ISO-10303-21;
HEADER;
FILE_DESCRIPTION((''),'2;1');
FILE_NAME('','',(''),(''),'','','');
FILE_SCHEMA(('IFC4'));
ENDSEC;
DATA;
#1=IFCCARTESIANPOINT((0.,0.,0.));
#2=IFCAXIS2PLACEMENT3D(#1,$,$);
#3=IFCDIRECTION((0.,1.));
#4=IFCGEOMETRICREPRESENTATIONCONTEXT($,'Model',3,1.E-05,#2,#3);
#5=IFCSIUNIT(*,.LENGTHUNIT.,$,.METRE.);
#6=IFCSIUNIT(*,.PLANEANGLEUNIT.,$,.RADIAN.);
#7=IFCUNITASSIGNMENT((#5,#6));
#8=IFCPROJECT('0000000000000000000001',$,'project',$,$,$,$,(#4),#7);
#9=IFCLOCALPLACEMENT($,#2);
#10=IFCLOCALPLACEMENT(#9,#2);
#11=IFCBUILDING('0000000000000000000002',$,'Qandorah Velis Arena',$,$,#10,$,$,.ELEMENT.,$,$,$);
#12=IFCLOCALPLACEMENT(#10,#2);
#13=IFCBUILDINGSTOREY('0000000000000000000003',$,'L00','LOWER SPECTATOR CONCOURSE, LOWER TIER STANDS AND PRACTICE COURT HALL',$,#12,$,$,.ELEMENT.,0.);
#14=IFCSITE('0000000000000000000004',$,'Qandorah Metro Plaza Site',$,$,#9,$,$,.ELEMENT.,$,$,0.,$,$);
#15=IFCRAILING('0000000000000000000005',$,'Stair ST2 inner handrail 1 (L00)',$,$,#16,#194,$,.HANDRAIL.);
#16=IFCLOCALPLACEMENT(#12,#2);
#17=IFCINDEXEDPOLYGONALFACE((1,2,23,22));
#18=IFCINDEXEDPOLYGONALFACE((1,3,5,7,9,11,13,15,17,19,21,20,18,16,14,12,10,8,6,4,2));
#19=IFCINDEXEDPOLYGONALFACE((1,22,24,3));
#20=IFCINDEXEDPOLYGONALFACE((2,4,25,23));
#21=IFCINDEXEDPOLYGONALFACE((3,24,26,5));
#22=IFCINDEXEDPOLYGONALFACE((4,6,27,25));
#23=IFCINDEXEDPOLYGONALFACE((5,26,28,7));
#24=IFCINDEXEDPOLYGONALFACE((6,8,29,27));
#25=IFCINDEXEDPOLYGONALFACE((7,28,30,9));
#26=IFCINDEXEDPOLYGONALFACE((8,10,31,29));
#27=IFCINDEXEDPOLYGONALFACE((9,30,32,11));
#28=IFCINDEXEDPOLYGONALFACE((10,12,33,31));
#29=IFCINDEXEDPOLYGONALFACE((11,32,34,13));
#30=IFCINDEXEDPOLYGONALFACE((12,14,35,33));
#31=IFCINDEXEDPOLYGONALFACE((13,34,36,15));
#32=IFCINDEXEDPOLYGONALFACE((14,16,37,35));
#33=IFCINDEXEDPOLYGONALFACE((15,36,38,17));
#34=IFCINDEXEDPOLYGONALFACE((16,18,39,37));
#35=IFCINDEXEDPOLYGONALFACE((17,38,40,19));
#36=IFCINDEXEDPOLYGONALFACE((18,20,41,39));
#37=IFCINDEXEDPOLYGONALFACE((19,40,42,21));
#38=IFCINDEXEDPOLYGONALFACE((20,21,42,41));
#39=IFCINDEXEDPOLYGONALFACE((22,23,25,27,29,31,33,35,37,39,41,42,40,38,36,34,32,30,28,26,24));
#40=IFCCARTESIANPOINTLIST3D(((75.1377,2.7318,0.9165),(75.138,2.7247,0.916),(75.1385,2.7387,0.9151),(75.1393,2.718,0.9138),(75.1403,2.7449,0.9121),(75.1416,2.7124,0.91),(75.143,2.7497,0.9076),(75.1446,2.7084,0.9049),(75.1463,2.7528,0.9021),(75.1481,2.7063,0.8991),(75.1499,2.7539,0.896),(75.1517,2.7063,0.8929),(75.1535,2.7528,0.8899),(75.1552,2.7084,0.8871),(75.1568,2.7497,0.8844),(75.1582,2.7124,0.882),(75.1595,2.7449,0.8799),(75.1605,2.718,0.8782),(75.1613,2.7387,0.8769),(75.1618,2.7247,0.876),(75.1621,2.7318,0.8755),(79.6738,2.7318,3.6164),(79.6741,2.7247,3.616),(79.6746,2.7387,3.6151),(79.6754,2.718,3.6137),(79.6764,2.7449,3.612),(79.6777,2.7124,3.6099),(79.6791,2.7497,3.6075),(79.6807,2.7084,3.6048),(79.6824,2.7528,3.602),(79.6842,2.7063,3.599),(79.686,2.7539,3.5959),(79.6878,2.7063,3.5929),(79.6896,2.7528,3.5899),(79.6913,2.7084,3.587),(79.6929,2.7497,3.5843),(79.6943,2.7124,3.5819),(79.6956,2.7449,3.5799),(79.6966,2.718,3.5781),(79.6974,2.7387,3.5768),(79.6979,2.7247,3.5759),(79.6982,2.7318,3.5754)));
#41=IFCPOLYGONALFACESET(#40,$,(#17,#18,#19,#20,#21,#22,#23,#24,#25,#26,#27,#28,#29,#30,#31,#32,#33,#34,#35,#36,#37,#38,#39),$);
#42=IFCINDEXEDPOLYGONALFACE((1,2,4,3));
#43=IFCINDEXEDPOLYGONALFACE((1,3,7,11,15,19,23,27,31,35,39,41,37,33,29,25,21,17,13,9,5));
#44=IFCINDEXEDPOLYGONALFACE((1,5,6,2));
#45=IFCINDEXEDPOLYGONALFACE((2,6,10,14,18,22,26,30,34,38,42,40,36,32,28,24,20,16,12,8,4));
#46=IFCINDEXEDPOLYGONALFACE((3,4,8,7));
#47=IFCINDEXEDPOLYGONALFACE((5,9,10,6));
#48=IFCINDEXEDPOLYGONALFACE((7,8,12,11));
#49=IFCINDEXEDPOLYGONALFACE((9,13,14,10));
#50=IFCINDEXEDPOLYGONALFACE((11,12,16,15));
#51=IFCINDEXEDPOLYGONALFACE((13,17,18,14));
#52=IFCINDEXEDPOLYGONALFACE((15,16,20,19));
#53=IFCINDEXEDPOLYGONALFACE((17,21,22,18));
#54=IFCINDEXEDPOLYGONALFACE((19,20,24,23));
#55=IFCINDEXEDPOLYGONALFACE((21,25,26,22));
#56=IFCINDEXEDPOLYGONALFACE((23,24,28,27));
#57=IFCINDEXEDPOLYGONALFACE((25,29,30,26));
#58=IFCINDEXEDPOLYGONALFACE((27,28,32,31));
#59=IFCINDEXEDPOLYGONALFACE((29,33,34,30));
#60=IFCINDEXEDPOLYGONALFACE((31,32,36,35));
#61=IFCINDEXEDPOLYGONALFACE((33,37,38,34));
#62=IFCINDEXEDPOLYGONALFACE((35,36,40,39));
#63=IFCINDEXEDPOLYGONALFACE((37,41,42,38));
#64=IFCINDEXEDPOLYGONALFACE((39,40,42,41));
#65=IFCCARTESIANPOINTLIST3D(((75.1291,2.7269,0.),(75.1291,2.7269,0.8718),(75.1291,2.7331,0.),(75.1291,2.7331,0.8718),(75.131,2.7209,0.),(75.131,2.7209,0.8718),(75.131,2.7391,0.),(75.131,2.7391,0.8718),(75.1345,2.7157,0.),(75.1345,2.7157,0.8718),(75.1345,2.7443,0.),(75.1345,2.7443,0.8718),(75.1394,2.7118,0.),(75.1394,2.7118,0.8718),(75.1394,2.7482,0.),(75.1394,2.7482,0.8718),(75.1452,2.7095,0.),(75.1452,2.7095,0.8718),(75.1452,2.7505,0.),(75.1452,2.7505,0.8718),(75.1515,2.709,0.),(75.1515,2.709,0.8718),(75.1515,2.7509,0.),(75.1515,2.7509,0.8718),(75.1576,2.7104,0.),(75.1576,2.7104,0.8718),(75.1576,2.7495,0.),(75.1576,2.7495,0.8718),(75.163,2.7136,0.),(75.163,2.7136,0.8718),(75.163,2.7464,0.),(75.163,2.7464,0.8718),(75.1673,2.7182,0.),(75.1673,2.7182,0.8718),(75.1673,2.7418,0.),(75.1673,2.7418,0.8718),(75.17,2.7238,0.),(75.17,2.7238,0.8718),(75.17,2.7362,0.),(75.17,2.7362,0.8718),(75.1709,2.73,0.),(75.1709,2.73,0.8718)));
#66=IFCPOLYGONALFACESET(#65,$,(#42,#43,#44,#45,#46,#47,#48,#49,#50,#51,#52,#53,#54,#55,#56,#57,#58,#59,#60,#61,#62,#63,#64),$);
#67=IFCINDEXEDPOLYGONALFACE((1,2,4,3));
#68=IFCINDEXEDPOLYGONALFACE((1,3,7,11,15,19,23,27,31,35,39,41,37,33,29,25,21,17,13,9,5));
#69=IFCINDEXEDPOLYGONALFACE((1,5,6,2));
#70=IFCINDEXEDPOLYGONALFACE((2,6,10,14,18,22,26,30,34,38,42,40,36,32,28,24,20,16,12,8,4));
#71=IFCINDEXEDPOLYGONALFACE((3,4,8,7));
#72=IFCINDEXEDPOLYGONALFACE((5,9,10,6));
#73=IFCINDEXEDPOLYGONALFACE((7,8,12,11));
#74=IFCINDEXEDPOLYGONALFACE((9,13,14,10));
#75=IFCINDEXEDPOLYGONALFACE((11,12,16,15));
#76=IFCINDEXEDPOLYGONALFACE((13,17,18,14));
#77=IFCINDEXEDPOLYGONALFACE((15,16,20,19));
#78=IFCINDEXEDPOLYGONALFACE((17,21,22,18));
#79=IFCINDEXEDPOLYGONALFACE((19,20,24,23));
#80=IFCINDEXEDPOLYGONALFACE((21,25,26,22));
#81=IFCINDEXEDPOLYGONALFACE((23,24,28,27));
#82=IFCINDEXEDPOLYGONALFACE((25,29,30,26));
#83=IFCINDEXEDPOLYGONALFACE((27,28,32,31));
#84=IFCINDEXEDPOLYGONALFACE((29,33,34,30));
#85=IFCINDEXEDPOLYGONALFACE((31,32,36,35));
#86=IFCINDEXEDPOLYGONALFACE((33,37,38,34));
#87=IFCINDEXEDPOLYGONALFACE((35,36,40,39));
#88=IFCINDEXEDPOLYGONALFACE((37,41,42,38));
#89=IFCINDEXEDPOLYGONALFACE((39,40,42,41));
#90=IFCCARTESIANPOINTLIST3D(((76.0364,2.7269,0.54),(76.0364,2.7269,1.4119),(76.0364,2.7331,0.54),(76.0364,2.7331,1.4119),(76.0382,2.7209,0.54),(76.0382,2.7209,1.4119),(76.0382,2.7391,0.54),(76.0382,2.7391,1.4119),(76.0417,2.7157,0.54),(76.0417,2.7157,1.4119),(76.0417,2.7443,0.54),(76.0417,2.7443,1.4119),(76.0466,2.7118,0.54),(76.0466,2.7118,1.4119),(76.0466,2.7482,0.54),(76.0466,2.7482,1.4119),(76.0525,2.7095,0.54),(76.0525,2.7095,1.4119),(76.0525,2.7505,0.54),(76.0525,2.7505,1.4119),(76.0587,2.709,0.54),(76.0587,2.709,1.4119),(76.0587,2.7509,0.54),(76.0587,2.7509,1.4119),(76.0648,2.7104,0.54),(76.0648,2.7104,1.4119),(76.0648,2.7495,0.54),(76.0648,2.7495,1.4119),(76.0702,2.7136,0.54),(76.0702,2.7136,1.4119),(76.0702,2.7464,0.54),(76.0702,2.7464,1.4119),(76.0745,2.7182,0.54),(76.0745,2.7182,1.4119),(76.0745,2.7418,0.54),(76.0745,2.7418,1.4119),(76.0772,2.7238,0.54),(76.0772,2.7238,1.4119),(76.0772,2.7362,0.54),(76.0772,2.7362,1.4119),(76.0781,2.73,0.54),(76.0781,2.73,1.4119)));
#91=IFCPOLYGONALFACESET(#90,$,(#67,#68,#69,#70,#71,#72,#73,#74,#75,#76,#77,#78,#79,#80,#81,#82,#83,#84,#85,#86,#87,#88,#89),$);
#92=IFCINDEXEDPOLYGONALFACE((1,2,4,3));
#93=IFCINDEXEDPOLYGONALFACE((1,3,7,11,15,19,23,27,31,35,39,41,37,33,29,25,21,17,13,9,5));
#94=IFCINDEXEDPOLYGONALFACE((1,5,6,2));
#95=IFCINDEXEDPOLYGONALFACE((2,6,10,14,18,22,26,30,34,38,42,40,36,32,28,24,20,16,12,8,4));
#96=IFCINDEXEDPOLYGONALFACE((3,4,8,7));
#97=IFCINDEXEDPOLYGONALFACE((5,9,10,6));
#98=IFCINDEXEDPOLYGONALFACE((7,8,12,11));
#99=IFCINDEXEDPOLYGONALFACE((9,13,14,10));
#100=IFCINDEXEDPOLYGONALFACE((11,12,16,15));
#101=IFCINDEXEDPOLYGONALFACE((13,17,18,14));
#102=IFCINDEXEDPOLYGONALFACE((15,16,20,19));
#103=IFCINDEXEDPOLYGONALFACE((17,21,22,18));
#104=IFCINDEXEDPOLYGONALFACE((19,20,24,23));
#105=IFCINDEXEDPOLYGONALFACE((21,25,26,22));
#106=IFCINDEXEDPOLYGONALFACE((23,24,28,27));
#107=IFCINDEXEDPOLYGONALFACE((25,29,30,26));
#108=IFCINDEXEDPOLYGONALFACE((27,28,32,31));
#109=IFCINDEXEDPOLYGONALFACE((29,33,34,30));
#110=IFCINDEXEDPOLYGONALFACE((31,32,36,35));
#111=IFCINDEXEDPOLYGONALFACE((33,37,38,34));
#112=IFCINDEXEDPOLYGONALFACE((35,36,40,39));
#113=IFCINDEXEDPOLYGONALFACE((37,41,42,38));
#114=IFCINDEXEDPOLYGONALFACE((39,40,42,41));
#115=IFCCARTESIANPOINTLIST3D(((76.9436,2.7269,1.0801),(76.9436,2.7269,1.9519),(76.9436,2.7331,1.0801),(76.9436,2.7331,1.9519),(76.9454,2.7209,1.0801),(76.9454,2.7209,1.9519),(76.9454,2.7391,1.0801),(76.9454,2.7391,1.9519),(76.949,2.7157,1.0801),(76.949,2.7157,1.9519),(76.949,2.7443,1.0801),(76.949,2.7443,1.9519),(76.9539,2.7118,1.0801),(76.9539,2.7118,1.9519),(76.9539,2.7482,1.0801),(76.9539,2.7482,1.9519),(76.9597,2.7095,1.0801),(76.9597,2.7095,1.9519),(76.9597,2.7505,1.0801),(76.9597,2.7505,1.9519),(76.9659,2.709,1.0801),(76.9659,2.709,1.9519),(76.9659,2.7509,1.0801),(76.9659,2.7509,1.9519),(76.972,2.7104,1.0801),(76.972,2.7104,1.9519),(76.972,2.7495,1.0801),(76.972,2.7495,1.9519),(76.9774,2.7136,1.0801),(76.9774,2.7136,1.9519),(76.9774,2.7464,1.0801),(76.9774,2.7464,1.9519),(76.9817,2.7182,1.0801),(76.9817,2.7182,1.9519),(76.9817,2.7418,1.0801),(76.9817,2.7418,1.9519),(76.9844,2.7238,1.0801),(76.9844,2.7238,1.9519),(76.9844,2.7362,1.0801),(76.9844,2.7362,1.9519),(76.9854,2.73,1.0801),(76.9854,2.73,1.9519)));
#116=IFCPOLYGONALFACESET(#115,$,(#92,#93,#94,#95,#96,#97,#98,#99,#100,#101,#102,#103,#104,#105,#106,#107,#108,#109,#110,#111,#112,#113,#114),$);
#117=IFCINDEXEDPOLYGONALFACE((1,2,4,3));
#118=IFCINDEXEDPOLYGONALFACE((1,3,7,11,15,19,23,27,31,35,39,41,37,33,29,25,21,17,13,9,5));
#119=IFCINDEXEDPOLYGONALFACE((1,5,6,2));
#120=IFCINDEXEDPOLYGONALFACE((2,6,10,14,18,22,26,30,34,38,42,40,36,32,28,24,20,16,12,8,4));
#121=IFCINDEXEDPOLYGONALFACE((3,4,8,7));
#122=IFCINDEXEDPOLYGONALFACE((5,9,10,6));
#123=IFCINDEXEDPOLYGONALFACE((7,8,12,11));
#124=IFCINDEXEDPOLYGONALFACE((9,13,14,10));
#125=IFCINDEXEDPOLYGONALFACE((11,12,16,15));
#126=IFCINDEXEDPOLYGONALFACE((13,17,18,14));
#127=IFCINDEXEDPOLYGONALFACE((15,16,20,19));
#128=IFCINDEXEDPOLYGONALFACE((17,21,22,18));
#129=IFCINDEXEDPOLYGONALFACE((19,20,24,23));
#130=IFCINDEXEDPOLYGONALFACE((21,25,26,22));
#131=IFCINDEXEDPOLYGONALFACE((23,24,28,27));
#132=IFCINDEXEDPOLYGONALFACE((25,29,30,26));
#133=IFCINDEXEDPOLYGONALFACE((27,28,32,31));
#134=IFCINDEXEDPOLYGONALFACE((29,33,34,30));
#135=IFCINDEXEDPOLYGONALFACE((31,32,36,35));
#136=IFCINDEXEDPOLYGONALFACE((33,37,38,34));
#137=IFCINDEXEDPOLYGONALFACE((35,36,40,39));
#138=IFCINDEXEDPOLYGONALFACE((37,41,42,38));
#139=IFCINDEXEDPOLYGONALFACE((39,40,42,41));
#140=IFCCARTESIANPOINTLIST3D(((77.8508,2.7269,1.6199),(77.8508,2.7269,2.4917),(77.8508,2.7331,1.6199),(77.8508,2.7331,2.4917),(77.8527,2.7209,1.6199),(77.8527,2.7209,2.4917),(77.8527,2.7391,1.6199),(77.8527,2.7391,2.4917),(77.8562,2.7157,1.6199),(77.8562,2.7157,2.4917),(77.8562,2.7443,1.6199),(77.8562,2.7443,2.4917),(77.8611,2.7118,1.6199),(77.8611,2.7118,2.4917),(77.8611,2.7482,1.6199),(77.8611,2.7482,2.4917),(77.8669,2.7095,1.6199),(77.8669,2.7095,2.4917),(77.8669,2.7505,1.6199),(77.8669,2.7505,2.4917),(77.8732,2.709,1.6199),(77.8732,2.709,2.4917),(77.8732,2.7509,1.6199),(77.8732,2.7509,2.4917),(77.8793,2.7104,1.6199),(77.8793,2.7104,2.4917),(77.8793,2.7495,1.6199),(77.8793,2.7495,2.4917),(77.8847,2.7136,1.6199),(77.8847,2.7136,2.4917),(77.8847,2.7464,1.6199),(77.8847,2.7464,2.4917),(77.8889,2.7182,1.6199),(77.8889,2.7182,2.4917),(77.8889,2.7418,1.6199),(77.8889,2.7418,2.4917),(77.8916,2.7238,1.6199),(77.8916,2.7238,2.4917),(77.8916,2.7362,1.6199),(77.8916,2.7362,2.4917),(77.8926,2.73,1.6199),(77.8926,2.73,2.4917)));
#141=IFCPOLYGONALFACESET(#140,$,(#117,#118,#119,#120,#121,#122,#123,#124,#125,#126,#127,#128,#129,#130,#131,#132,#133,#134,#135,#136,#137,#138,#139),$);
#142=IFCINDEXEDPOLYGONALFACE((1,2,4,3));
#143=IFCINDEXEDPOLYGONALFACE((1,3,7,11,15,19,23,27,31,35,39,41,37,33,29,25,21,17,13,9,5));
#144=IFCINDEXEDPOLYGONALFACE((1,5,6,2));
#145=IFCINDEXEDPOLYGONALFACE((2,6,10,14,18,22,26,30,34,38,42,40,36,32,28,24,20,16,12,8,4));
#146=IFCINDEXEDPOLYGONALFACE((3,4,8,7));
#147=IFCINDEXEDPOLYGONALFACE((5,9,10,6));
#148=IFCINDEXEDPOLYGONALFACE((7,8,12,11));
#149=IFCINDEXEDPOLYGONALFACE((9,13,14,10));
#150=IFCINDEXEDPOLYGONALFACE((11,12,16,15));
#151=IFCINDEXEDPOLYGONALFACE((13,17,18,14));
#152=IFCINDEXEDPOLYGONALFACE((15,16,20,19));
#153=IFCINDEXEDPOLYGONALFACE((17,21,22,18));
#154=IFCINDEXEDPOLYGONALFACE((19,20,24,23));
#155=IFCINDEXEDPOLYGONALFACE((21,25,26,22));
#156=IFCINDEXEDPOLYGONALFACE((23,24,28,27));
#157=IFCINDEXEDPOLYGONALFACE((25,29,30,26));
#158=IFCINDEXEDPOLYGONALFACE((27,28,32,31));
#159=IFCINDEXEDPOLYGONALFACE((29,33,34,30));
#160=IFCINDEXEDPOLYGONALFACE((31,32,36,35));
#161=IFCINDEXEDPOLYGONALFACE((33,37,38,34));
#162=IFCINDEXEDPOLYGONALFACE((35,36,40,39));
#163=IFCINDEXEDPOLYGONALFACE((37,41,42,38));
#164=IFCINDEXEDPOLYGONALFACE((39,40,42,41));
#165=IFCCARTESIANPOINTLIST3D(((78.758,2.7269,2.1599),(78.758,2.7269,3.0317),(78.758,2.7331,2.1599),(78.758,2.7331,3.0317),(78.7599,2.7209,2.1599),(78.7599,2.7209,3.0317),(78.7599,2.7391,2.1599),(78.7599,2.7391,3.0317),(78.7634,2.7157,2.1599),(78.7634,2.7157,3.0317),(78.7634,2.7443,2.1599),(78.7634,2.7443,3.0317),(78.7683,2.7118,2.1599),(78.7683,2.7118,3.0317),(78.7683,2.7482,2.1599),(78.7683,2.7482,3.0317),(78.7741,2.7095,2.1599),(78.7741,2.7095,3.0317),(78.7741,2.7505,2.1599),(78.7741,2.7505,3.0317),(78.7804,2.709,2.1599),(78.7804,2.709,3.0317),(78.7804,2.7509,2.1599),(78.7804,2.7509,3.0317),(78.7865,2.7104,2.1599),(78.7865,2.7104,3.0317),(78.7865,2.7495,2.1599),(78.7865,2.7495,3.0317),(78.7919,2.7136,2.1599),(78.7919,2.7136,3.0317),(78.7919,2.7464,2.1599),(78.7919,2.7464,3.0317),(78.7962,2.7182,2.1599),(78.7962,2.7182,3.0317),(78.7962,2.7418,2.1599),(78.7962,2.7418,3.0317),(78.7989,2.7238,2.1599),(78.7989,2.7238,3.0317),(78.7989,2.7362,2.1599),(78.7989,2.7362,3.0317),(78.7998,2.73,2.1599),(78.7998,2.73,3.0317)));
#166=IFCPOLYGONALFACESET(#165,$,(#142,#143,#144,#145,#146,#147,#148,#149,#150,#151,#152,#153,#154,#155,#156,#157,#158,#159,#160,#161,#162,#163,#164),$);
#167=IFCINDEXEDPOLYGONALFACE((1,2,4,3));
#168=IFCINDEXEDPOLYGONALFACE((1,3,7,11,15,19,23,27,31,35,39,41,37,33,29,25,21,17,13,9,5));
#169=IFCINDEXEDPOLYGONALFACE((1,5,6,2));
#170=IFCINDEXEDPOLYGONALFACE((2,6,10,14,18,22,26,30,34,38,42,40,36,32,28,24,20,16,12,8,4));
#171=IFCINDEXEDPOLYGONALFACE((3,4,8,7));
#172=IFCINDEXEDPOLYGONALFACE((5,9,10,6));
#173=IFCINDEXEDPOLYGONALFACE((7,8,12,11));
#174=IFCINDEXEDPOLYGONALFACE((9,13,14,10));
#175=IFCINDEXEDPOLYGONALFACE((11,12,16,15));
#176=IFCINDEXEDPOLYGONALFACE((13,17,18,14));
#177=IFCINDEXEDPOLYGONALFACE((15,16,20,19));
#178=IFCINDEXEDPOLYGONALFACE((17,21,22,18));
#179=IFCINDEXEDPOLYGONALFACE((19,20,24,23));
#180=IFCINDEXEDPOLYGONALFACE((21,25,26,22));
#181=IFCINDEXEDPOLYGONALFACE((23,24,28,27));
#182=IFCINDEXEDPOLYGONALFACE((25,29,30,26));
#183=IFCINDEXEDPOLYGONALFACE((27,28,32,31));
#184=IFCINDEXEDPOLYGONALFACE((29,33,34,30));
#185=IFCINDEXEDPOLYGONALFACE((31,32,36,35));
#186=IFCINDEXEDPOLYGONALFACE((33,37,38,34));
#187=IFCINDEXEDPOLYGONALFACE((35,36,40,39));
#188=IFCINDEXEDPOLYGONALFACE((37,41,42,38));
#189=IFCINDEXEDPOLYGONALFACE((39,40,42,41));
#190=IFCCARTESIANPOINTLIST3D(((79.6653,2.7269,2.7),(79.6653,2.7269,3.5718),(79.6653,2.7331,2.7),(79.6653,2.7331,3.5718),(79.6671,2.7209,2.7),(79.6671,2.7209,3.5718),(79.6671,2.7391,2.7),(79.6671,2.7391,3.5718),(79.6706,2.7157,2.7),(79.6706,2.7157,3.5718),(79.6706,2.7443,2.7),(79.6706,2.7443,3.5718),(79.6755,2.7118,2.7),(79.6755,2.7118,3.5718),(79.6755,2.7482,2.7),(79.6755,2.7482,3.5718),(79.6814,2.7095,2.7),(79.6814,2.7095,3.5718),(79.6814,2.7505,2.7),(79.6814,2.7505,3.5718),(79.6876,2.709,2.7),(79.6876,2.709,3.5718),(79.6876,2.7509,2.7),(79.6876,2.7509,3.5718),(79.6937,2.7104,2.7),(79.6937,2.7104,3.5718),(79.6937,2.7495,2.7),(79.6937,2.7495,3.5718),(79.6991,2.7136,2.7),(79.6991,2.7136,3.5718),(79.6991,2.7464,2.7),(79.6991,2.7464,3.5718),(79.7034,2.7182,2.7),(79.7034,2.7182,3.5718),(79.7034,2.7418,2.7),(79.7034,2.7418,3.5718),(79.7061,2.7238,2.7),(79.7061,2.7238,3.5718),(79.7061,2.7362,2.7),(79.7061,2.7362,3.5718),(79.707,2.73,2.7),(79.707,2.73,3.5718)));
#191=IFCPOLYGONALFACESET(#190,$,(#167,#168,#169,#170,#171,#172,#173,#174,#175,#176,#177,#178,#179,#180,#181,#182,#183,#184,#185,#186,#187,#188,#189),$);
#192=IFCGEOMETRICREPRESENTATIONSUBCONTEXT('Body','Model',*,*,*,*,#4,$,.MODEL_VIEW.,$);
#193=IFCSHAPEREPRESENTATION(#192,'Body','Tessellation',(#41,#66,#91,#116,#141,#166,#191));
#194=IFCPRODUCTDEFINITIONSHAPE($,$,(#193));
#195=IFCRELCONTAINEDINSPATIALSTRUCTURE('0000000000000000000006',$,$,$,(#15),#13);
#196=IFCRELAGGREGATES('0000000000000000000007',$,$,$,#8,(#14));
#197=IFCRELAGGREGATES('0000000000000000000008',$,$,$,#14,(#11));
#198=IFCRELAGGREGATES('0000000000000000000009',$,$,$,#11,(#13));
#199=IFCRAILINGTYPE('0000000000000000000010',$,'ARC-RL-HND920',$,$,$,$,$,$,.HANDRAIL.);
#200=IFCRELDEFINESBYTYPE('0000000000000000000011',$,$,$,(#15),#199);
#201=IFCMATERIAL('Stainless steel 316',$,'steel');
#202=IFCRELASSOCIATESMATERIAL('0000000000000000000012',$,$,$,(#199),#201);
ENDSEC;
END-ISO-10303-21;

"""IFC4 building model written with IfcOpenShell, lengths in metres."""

from ifc_helpers import new_model, si_unit, direction, frame, origin, origin_2d, place, context, subcontext, project, spatial, circle, extrude, material, type_object, element, save


model = new_model("IFC4")

# Units and contexts
model_context = context("Model", 3, precision=1e-05, world=origin(), true_north=direction((0.0, 1.0)))
body_context = subcontext(model_context, "Body", "Model", "MODEL_VIEW")
ifc_project = project(units=[si_unit("LENGTHUNIT", "METRE"), si_unit("PLANEANGLEUNIT", "RADIAN")], contexts=[model_context])

# Site, building, storey
site_placement = place(None, origin())
site = spatial("IfcSite", under=ifc_project, at=site_placement, Name="Qandorah Metro Plaza Site", CompositionType="ELEMENT", RefElevation=0.0)
building_placement = place(site_placement, origin())
building = spatial("IfcBuilding", under=site, at=building_placement, Name="Qandorah Velis Arena", CompositionType="ELEMENT")
storey_placement = place(building_placement, origin())
storey = spatial("IfcBuildingStorey", under=building, at=storey_placement, Name="L00", Description="LOWER SPECTATOR CONCOURSE, LOWER TIER STANDS AND PRACTICE COURT HALL", CompositionType="ELEMENT", Elevation=0.0)

# Railing
ifc_material_1 = material(Name="Stainless steel 316", Category="steel")
railing_type_1 = type_object("IfcRailingType", Name="ARC-RL-HND920", PredefinedType="HANDRAIL", material=ifc_material_1)
railing_1_placement = place(storey_placement, frame((75.1499, 2.73, 0.0)))
element("IfcRailing", 1, at=railing_1_placement, inside=storey, type_object=railing_type_1, Name="Stair ST2 inner handrail 1 (L00)", PredefinedType="HANDRAIL", context=body_context, shape_type="SweptSolid", body=[
    extrude(circle(Radius=0.0239, at=origin_2d()), frame((0.0, 0.0, 0.896), z_axis=(0.859304, 0.0, 0.511466), x_axis=(0.0, 1.0, 0.0)), (0.0, 0.0, 1.0), 5.2788),
    extrude(circle(Radius=0.021, at=origin_2d()), origin(), (0.0, 0.0, 1.0), 0.8718),
    extrude(circle(Radius=0.021, at=origin_2d()), frame((0.9072, 0.0, 0.54)), (0.0, 0.0, 1.0), 0.8718),
    extrude(circle(Radius=0.021, at=origin_2d()), frame((1.8145, 0.0, 1.0801)), (0.0, 0.0, 1.0), 0.8718),
    extrude(circle(Radius=0.021, at=origin_2d()), frame((2.7217, 0.0, 1.6199)), (0.0, 0.0, 1.0), 0.8718),
    extrude(circle(Radius=0.021, at=origin_2d()), frame((3.6289, 0.0, 2.1599)), (0.0, 0.0, 1.0), 0.8718),
    extrude(circle(Radius=0.021, at=origin_2d()), frame((4.5361, 0.0, 2.7)), (0.0, 0.0, 1.0), 0.8718),
])

save(model, "model.ifc")
